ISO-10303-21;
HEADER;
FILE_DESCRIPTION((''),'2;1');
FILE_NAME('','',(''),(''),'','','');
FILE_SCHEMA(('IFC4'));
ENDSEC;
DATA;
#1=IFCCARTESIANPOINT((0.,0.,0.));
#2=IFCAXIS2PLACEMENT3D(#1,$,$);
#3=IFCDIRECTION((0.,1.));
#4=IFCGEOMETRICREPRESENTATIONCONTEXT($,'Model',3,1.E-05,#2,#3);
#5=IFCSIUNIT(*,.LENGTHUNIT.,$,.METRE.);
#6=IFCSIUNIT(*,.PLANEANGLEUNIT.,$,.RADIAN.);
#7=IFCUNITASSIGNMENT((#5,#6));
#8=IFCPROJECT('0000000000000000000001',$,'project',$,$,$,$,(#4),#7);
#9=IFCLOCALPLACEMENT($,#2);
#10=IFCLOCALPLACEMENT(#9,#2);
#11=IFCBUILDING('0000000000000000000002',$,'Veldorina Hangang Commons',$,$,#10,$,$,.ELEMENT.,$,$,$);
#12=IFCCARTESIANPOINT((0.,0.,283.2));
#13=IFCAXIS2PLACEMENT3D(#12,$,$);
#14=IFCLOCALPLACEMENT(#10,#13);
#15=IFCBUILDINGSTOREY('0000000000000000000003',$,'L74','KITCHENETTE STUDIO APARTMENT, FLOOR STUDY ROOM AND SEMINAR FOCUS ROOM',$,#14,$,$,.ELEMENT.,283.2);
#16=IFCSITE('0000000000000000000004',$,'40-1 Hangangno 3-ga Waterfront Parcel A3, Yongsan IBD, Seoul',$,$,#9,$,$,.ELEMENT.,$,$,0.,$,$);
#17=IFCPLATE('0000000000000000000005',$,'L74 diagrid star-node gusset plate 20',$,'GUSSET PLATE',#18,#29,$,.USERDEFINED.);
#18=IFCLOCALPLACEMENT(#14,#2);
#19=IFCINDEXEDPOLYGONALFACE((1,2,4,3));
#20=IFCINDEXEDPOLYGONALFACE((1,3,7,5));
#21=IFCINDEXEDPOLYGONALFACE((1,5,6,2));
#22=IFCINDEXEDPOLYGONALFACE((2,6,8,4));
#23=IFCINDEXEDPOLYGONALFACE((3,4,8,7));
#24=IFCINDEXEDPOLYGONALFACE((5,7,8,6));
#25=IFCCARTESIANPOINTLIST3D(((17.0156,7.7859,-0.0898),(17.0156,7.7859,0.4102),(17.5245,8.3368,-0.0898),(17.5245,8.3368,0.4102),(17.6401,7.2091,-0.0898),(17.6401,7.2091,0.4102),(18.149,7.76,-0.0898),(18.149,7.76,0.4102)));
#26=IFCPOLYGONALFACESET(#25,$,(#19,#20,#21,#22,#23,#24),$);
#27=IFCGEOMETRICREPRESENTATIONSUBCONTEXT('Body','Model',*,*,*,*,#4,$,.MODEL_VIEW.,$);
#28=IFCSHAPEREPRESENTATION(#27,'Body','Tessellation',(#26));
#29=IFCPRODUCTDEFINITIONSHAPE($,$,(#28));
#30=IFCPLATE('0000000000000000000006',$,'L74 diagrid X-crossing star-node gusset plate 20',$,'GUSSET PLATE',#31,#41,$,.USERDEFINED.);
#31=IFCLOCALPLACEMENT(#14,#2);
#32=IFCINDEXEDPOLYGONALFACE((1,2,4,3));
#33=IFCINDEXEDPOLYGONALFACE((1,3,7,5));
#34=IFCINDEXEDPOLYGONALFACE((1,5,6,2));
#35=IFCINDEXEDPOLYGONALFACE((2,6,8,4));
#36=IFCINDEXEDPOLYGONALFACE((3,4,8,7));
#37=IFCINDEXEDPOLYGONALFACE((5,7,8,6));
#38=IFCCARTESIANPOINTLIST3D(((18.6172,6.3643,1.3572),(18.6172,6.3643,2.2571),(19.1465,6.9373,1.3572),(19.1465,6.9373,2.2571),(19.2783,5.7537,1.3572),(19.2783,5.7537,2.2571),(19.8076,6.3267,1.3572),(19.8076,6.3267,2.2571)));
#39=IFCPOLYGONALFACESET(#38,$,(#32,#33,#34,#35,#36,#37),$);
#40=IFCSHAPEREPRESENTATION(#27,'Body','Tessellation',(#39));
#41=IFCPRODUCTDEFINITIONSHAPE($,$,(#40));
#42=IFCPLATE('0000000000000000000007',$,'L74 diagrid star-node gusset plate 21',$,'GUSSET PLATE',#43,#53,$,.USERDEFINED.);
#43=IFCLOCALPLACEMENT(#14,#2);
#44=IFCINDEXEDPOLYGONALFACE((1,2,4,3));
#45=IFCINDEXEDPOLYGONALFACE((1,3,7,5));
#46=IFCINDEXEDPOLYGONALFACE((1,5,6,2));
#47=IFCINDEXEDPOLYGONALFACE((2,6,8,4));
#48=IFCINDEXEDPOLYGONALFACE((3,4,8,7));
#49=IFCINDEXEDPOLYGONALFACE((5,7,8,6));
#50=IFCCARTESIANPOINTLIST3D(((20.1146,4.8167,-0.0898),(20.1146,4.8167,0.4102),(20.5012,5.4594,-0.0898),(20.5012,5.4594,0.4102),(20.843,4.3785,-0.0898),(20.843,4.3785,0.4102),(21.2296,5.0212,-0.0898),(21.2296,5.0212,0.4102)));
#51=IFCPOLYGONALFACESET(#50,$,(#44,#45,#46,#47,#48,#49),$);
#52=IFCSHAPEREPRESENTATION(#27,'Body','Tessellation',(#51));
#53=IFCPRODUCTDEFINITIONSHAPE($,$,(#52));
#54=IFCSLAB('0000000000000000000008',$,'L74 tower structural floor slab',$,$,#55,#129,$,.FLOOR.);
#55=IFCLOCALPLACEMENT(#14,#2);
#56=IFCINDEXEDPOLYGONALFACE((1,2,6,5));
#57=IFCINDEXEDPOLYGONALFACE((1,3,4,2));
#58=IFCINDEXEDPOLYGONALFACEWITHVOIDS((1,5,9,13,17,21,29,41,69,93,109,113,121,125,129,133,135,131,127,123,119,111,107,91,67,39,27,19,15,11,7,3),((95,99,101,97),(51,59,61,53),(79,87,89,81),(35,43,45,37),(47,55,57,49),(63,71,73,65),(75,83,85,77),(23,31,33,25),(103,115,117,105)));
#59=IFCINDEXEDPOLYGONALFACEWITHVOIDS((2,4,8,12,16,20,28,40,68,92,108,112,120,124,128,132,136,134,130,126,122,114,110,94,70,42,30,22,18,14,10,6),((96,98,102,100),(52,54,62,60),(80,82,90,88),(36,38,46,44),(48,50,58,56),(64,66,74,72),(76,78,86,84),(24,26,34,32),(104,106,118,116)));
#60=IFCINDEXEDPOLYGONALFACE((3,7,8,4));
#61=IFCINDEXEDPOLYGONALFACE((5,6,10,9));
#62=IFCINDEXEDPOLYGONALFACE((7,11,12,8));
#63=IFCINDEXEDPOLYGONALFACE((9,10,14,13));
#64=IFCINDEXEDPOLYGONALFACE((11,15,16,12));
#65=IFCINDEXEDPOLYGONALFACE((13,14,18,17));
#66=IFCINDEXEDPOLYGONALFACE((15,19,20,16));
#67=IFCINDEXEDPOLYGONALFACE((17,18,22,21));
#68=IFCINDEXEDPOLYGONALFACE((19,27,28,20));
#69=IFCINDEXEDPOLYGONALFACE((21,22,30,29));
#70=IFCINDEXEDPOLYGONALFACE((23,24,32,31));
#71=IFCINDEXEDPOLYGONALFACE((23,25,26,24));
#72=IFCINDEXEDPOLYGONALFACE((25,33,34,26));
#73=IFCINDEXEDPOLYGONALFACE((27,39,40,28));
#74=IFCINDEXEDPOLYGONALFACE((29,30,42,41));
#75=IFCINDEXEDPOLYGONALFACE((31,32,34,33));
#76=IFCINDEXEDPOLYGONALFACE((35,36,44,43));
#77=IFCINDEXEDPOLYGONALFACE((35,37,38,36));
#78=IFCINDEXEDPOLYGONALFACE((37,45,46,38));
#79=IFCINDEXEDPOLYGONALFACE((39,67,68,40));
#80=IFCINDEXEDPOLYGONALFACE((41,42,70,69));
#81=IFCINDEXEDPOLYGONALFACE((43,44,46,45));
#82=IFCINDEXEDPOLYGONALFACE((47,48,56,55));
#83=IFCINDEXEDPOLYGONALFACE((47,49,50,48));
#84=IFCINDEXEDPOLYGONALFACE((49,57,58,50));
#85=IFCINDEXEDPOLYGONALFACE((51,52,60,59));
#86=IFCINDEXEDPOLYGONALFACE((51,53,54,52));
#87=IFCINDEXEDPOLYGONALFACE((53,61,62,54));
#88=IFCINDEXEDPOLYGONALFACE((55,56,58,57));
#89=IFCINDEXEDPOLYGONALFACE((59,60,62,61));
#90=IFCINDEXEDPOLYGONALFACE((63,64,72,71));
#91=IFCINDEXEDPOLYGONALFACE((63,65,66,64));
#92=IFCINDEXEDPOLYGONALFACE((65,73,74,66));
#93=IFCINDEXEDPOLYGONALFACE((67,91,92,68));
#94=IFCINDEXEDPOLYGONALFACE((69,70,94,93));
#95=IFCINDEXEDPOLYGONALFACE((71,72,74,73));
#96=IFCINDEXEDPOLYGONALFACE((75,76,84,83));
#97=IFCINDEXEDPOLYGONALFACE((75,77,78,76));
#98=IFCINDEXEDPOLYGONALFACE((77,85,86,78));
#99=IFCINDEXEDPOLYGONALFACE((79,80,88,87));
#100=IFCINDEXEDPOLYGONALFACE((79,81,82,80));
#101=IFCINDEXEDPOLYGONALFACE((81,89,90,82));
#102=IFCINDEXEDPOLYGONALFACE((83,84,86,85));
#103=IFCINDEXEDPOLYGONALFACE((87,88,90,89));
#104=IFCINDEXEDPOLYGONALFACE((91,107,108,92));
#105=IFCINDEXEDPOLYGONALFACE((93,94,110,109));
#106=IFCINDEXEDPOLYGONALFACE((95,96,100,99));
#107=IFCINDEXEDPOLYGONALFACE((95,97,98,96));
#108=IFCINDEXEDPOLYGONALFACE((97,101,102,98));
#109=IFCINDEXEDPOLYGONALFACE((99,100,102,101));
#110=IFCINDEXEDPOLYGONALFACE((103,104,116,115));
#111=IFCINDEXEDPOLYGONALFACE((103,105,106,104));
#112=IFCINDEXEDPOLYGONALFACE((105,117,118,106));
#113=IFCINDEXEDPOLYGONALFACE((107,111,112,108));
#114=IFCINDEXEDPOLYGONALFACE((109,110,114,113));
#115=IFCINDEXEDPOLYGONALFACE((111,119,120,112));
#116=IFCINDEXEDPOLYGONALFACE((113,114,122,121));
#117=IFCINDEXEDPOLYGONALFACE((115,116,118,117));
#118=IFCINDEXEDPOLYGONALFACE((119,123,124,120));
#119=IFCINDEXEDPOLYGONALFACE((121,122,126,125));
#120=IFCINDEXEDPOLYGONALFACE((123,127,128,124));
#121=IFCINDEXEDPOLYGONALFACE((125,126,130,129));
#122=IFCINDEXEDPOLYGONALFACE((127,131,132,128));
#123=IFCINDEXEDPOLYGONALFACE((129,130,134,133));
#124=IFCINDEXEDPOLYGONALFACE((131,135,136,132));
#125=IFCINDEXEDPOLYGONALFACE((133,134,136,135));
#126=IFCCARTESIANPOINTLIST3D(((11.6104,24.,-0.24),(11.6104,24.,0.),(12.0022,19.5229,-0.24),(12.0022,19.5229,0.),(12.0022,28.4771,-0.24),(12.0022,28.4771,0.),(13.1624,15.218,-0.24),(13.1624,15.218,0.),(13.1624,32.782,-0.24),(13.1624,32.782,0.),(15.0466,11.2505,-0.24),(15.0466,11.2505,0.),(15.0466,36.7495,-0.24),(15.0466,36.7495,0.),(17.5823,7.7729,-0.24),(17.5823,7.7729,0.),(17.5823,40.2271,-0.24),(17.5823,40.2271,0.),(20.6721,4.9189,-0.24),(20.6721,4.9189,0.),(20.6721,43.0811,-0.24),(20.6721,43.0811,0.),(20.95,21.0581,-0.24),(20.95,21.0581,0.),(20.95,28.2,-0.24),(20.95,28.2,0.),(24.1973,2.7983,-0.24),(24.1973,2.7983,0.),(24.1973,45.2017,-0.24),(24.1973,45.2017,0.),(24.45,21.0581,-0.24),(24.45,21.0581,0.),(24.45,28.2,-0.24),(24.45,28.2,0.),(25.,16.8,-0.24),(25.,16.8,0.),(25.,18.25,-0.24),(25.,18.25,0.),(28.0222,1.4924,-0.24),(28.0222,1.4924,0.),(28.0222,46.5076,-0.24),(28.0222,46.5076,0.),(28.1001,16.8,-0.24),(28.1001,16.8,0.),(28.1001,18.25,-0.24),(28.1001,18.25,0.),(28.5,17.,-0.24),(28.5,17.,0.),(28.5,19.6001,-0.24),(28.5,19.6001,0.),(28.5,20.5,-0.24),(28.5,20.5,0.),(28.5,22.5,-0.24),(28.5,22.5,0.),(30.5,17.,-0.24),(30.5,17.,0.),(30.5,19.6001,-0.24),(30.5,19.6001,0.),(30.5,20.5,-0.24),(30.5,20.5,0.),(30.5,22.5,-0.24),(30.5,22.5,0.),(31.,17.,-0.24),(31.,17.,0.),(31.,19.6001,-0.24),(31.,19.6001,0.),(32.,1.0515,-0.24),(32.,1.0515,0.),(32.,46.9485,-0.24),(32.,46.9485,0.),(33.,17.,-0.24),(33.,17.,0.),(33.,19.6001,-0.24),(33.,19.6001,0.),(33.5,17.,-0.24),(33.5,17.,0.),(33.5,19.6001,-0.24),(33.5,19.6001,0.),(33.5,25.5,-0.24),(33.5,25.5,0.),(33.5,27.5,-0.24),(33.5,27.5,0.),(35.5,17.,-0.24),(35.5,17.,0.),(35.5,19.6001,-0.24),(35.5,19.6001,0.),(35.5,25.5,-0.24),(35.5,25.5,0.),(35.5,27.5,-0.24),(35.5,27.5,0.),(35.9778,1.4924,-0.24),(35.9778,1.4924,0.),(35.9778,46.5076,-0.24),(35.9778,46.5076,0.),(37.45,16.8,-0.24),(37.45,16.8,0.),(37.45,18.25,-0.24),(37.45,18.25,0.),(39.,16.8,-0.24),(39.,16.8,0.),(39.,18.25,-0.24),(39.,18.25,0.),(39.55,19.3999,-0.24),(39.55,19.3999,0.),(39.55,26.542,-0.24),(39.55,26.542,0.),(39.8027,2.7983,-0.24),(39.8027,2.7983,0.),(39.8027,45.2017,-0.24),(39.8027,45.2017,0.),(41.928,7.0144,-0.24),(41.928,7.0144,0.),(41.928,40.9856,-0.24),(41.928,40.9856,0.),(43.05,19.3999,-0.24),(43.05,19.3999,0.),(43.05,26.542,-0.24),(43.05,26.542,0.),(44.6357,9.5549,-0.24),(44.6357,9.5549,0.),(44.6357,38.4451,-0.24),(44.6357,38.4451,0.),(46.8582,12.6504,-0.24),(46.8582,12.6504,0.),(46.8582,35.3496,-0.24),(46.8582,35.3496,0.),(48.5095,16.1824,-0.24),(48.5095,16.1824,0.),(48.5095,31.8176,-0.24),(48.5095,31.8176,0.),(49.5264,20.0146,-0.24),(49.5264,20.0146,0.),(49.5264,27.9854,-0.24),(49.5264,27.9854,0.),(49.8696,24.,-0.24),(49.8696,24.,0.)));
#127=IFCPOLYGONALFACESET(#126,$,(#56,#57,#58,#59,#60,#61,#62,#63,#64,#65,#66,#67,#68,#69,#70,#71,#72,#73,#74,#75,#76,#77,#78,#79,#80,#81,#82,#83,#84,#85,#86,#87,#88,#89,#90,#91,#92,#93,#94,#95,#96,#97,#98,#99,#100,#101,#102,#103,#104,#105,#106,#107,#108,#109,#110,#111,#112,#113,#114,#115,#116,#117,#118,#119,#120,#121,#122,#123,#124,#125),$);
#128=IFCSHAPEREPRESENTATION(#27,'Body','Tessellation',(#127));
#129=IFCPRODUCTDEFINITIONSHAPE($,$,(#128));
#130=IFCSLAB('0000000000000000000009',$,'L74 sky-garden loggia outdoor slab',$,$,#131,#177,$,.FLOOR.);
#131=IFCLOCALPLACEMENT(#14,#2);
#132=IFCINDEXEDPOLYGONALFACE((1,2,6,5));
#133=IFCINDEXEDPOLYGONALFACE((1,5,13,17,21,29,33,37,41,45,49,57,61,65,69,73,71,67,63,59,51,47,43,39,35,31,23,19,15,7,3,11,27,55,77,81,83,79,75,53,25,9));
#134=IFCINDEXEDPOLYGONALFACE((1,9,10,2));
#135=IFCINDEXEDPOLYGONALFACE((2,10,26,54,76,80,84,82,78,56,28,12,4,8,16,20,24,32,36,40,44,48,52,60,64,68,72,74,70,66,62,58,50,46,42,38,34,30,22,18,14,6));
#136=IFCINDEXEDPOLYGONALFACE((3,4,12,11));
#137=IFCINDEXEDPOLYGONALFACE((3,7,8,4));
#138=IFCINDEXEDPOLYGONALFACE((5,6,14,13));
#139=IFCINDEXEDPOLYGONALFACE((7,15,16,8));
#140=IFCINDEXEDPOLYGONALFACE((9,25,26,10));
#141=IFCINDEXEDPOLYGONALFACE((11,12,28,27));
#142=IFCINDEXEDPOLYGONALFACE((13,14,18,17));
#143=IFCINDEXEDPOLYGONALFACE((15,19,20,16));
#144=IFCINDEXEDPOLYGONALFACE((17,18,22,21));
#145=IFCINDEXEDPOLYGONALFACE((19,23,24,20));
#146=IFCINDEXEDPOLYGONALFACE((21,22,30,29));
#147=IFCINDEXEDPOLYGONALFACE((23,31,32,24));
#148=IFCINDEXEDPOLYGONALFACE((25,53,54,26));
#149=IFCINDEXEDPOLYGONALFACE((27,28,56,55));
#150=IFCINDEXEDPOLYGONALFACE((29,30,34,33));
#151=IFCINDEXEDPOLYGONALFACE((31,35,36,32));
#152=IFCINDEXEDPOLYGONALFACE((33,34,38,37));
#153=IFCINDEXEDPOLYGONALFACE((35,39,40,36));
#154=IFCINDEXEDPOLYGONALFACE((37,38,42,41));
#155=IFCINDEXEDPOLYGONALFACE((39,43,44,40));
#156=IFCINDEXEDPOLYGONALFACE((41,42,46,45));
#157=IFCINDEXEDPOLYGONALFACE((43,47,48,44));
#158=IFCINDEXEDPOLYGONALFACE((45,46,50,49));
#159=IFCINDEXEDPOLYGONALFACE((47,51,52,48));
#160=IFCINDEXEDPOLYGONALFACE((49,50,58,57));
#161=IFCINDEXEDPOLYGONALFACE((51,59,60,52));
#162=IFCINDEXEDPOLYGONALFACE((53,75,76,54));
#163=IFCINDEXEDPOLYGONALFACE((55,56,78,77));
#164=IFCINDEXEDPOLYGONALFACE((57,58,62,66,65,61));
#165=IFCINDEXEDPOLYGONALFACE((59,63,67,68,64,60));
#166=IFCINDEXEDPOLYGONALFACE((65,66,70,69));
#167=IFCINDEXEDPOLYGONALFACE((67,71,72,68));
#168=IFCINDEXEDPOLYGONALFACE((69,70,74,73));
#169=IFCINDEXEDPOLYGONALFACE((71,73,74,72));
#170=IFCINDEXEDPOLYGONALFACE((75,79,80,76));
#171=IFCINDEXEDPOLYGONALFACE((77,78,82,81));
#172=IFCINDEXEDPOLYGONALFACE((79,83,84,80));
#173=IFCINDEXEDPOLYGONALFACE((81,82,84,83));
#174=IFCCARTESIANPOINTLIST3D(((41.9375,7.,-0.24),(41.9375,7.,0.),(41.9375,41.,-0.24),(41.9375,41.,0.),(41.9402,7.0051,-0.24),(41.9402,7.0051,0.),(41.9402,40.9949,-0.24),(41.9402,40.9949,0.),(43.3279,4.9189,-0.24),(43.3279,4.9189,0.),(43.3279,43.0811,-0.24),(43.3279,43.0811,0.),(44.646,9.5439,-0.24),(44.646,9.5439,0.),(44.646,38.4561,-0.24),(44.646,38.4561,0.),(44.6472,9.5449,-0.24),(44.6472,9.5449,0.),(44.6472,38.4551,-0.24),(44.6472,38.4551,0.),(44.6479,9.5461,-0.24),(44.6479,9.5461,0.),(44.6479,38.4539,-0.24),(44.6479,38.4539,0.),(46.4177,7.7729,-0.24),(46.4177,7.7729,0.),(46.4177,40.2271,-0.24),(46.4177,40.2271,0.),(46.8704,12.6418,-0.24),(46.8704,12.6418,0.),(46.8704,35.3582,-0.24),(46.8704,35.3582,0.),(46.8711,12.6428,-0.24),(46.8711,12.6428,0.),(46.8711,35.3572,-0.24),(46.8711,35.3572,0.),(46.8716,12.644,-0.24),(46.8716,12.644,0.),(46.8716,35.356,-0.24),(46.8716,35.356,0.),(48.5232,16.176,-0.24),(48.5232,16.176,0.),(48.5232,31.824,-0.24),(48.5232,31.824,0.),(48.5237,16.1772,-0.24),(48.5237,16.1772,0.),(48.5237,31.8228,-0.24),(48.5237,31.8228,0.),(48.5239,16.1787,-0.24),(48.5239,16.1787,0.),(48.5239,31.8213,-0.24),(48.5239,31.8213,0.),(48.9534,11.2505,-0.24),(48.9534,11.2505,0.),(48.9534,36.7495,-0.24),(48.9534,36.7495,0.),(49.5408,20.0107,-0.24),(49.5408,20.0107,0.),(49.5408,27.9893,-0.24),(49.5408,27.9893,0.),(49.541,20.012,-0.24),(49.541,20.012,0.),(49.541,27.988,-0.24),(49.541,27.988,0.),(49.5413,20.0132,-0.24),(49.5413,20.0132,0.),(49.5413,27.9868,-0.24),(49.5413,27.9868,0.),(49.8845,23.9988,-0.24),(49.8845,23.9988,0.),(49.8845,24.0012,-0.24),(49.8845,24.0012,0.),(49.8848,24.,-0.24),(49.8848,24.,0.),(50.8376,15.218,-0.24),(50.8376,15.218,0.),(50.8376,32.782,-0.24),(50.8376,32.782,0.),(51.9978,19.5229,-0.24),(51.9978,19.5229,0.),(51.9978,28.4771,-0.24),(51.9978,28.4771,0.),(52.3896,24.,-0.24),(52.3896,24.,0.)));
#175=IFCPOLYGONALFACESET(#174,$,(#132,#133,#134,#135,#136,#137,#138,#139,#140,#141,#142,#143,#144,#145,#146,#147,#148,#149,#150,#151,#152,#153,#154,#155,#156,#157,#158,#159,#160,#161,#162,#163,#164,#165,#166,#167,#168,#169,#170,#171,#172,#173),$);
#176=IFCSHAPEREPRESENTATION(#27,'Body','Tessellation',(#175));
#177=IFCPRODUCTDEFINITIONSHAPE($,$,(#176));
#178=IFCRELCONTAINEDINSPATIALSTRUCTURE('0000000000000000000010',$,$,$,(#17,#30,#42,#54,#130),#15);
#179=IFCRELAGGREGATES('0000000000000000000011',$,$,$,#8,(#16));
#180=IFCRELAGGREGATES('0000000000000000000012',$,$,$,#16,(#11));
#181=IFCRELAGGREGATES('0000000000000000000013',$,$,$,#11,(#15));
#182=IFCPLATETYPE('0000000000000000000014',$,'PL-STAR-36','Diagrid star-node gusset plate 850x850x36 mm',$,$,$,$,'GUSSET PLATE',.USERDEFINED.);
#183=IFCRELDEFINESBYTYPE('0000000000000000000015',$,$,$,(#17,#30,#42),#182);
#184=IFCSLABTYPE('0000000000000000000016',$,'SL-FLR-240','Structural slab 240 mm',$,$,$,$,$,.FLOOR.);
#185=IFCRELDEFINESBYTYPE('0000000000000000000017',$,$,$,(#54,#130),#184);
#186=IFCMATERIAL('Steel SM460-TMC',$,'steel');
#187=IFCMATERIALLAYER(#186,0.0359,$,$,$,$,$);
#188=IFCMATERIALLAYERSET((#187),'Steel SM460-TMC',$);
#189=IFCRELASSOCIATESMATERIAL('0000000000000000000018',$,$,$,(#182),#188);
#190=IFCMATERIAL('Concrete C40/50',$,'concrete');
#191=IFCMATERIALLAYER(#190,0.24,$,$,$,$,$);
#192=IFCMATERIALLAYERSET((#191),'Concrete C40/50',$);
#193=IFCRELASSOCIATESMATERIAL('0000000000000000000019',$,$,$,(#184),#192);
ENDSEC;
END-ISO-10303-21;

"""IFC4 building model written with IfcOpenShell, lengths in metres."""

from ifc_helpers import new_model, si_unit, direction, frame, origin, origin_2d, place, context, subcontext, project, spatial, polyline, rectangle, outline, extrude, material, layer, layer_set, type_object, element, save


model = new_model("IFC4")

# Units and contexts
model_context = context("Model", 3, precision=1e-05, world=origin(), true_north=direction((0.0, 1.0)))
body_context = subcontext(model_context, "Body", "Model", "MODEL_VIEW")
ifc_project = project(units=[si_unit("LENGTHUNIT", "METRE"), si_unit("PLANEANGLEUNIT", "RADIAN")], contexts=[model_context])

# Site, building, storey
site_placement = place(None, origin())
site = spatial("IfcSite", under=ifc_project, at=site_placement, Name="40-1 Hangangno 3-ga Waterfront Parcel A3, Yongsan IBD, Seoul", CompositionType="ELEMENT", RefElevation=0.0)
building_placement = place(site_placement, origin())
building = spatial("IfcBuilding", under=site, at=building_placement, Name="Veldorina Hangang Commons", CompositionType="ELEMENT")
storey_placement = place(building_placement, frame((0.0, 0.0, 283.2)))
storey = spatial("IfcBuildingStorey", under=building, at=storey_placement, Name="L74", Description="KITCHENETTE STUDIO APARTMENT, FLOOR STUDY ROOM AND SEMINAR FOCUS ROOM", CompositionType="ELEMENT", Elevation=283.2)

# Plates
ifc_material_1 = material(Name="Steel SM460-TMC", Category="steel")
ifc_layer_1 = layer(ifc_material_1, 0.0359)
ifc_layer_set_1 = layer_set([ifc_layer_1], Name="Steel SM460-TMC")
plate_type = type_object("IfcPlateType", Name="PL-STAR-36", Description="Diagrid star-node gusset plate 850x850x36 mm", ElementType="GUSSET PLATE", PredefinedType="USERDEFINED", material=ifc_layer_set_1)
for number, where, z_axis, x_axis, name in (
    (1, (17.5823, 7.7729, -0.0898), (0.0, 0.0, 1.0), (0.734583, -0.678519, 0.0), "L74 diagrid star-node gusset plate 20"),
):
    element("IfcPlate", number, at=place(storey_placement, frame(where, z_axis=z_axis, x_axis=x_axis)), inside=storey, type_object=plate_type, Name=name, ObjectType="GUSSET PLATE", PredefinedType="USERDEFINED", context=body_context, shape_type="SweptSolid", body=[
        extrude(rectangle(XDim=0.8501, YDim=0.75, at=origin_2d()), origin(), (0.0, 0.0, 1.0), 0.5),
    ])
plate_1_placement = place(storey_placement, frame((19.2124, 6.3455, 1.3572), z_axis=(0.0, 0.0, 1.0), x_axis=(0.734583, -0.678519, 0.0)))
element("IfcPlate", 2, at=plate_1_placement, inside=storey, type_object=plate_type, Name="L74 diagrid X-crossing star-node gusset plate 20", ObjectType="GUSSET PLATE", PredefinedType="USERDEFINED", context=body_context, shape_type="SweptSolid", body=[
    extrude(rectangle(XDim=0.8999, YDim=0.78, at=origin_2d()), origin(), (0.0, 0.0, 1.0), 0.8999),
])
plate_2_placement = place(storey_placement, frame((20.6721, 4.9189, -0.0898), z_axis=(0.0, 0.0, 1.0), x_axis=(0.856898, -0.515487, 0.0)))
element("IfcPlate", 3, at=plate_2_placement, inside=storey, type_object=plate_type, Name="L74 diagrid star-node gusset plate 21", ObjectType="GUSSET PLATE", PredefinedType="USERDEFINED", context=body_context, shape_type="SweptSolid", body=[
    extrude(rectangle(XDim=0.8501, YDim=0.75, at=origin_2d()), origin(), (0.0, 0.0, 1.0), 0.5),
])

# Slabs
ifc_material_2 = material(Name="Concrete C40/50", Category="concrete")
ifc_layer_2 = layer(ifc_material_2, 0.24)
ifc_layer_set_2 = layer_set([ifc_layer_2], Name="Concrete C40/50")
slab_type_1 = type_object("IfcSlabType", Name="SL-FLR-240", Description="Structural slab 240 mm", PredefinedType="FLOOR", material=ifc_layer_set_2)
slab_1_placement = place(storey_placement, frame((0.0, 0.0, -0.24)))
element("IfcSlab", 4, at=slab_1_placement, inside=storey, type_object=slab_type_1, Name="L74 tower structural floor slab", PredefinedType="FLOOR", context=body_context, shape_type="SweptSolid", body=[
    extrude(outline(polyline([(49.8696, 24.0), (49.5264, 27.9854), (48.5095, 31.8176), (46.8582, 35.3496), (44.6357, 38.4451), (41.928, 40.9856), (39.8027, 45.2017), (35.9778, 46.5076), (32.0, 46.9485), (28.0222, 46.5076), (24.1973, 45.2017), (20.6721, 43.0811), (17.5823, 40.2271), (15.0466, 36.7495), (13.1624, 32.782), (12.0022, 28.4771), (11.6104, 24.0), (12.0022, 19.5229), (13.1624, 15.218), (15.0466, 11.2505), (17.5823, 7.7729), (20.6721, 4.9189), (24.1973, 2.7983), (28.0222, 1.4924), (32.0, 1.0515), (35.9778, 1.4924), (39.8027, 2.7983), (41.928, 7.0144), (44.6357, 9.5549), (46.8582, 12.6504), (48.5095, 16.1824), (49.5264, 20.0146), (49.8696, 24.0)]), holes=[polyline([(20.95, 21.0581), (20.95, 28.2), (24.45, 28.2), (24.45, 21.0581), (20.95, 21.0581)]), polyline([(43.05, 26.542), (43.05, 19.3999), (39.55, 19.3999), (39.55, 26.542), (43.05, 26.542)]), polyline([(33.5, 27.5), (35.5, 27.5), (35.5, 25.5), (33.5, 25.5), (33.5, 27.5)]), polyline([(28.5, 22.5), (30.5, 22.5), (30.5, 20.5), (28.5, 20.5), (28.5, 22.5)]), polyline([(28.5, 19.6001), (30.5, 19.6001), (30.5, 17.0), (28.5, 17.0), (28.5, 19.6001)]), polyline([(31.0, 19.6001), (33.0, 19.6001), (33.0, 17.0), (31.0, 17.0), (31.0, 19.6001)]), polyline([(33.5, 19.6001), (35.5, 19.6001), (35.5, 17.0), (33.5, 17.0), (33.5, 19.6001)]), polyline([(25.0, 18.25), (28.1001, 18.25), (28.1001, 16.8), (25.0, 16.8), (25.0, 18.25)]), polyline([(37.45, 18.25), (39.0, 18.25), (39.0, 16.8), (37.45, 16.8), (37.45, 18.25)])]), origin(), (0.0, 0.0, 1.0), 0.24),
])
slab_2_placement = place(storey_placement, frame((0.0, 0.0, -0.24)))
element("IfcSlab", 5, at=slab_2_placement, inside=storey, type_object=slab_type_1, Name="L74 sky-garden loggia outdoor slab", PredefinedType="FLOOR", context=body_context, shape_type="SweptSolid", body=[
    extrude(outline(polyline([(43.3279, 43.0811), (46.4177, 40.2271), (48.9534, 36.7495), (50.8376, 32.782), (51.9978, 28.4771), (52.3896, 24.0), (51.9978, 19.5229), (50.8376, 15.218), (48.9534, 11.2505), (46.4177, 7.7729), (43.3279, 4.9189), (41.9375, 7.0), (41.9402, 7.0051), (44.646, 9.5439), (44.6472, 9.5449), (44.6479, 9.5461), (46.8704, 12.6418), (46.8711, 12.6428), (46.8716, 12.644), (48.5232, 16.176), (48.5237, 16.1772), (48.5239, 16.1787), (49.5408, 20.0107), (49.541, 20.012), (49.5413, 20.0132), (49.8845, 23.9988), (49.8848, 24.0), (49.8845, 24.0012), (49.5413, 27.9868), (49.541, 27.988), (49.5408, 27.9893), (48.5239, 31.8213), (48.5237, 31.8228), (48.5232, 31.824), (46.8716, 35.356), (46.8711, 35.3572), (46.8704, 35.3582), (44.6479, 38.4539), (44.6472, 38.4551), (44.646, 38.4561), (41.9402, 40.9949), (41.9375, 41.0), (43.3279, 43.0811)])), origin(), (0.0, 0.0, 1.0), 0.24),
])

save(model, "model.ifc")
